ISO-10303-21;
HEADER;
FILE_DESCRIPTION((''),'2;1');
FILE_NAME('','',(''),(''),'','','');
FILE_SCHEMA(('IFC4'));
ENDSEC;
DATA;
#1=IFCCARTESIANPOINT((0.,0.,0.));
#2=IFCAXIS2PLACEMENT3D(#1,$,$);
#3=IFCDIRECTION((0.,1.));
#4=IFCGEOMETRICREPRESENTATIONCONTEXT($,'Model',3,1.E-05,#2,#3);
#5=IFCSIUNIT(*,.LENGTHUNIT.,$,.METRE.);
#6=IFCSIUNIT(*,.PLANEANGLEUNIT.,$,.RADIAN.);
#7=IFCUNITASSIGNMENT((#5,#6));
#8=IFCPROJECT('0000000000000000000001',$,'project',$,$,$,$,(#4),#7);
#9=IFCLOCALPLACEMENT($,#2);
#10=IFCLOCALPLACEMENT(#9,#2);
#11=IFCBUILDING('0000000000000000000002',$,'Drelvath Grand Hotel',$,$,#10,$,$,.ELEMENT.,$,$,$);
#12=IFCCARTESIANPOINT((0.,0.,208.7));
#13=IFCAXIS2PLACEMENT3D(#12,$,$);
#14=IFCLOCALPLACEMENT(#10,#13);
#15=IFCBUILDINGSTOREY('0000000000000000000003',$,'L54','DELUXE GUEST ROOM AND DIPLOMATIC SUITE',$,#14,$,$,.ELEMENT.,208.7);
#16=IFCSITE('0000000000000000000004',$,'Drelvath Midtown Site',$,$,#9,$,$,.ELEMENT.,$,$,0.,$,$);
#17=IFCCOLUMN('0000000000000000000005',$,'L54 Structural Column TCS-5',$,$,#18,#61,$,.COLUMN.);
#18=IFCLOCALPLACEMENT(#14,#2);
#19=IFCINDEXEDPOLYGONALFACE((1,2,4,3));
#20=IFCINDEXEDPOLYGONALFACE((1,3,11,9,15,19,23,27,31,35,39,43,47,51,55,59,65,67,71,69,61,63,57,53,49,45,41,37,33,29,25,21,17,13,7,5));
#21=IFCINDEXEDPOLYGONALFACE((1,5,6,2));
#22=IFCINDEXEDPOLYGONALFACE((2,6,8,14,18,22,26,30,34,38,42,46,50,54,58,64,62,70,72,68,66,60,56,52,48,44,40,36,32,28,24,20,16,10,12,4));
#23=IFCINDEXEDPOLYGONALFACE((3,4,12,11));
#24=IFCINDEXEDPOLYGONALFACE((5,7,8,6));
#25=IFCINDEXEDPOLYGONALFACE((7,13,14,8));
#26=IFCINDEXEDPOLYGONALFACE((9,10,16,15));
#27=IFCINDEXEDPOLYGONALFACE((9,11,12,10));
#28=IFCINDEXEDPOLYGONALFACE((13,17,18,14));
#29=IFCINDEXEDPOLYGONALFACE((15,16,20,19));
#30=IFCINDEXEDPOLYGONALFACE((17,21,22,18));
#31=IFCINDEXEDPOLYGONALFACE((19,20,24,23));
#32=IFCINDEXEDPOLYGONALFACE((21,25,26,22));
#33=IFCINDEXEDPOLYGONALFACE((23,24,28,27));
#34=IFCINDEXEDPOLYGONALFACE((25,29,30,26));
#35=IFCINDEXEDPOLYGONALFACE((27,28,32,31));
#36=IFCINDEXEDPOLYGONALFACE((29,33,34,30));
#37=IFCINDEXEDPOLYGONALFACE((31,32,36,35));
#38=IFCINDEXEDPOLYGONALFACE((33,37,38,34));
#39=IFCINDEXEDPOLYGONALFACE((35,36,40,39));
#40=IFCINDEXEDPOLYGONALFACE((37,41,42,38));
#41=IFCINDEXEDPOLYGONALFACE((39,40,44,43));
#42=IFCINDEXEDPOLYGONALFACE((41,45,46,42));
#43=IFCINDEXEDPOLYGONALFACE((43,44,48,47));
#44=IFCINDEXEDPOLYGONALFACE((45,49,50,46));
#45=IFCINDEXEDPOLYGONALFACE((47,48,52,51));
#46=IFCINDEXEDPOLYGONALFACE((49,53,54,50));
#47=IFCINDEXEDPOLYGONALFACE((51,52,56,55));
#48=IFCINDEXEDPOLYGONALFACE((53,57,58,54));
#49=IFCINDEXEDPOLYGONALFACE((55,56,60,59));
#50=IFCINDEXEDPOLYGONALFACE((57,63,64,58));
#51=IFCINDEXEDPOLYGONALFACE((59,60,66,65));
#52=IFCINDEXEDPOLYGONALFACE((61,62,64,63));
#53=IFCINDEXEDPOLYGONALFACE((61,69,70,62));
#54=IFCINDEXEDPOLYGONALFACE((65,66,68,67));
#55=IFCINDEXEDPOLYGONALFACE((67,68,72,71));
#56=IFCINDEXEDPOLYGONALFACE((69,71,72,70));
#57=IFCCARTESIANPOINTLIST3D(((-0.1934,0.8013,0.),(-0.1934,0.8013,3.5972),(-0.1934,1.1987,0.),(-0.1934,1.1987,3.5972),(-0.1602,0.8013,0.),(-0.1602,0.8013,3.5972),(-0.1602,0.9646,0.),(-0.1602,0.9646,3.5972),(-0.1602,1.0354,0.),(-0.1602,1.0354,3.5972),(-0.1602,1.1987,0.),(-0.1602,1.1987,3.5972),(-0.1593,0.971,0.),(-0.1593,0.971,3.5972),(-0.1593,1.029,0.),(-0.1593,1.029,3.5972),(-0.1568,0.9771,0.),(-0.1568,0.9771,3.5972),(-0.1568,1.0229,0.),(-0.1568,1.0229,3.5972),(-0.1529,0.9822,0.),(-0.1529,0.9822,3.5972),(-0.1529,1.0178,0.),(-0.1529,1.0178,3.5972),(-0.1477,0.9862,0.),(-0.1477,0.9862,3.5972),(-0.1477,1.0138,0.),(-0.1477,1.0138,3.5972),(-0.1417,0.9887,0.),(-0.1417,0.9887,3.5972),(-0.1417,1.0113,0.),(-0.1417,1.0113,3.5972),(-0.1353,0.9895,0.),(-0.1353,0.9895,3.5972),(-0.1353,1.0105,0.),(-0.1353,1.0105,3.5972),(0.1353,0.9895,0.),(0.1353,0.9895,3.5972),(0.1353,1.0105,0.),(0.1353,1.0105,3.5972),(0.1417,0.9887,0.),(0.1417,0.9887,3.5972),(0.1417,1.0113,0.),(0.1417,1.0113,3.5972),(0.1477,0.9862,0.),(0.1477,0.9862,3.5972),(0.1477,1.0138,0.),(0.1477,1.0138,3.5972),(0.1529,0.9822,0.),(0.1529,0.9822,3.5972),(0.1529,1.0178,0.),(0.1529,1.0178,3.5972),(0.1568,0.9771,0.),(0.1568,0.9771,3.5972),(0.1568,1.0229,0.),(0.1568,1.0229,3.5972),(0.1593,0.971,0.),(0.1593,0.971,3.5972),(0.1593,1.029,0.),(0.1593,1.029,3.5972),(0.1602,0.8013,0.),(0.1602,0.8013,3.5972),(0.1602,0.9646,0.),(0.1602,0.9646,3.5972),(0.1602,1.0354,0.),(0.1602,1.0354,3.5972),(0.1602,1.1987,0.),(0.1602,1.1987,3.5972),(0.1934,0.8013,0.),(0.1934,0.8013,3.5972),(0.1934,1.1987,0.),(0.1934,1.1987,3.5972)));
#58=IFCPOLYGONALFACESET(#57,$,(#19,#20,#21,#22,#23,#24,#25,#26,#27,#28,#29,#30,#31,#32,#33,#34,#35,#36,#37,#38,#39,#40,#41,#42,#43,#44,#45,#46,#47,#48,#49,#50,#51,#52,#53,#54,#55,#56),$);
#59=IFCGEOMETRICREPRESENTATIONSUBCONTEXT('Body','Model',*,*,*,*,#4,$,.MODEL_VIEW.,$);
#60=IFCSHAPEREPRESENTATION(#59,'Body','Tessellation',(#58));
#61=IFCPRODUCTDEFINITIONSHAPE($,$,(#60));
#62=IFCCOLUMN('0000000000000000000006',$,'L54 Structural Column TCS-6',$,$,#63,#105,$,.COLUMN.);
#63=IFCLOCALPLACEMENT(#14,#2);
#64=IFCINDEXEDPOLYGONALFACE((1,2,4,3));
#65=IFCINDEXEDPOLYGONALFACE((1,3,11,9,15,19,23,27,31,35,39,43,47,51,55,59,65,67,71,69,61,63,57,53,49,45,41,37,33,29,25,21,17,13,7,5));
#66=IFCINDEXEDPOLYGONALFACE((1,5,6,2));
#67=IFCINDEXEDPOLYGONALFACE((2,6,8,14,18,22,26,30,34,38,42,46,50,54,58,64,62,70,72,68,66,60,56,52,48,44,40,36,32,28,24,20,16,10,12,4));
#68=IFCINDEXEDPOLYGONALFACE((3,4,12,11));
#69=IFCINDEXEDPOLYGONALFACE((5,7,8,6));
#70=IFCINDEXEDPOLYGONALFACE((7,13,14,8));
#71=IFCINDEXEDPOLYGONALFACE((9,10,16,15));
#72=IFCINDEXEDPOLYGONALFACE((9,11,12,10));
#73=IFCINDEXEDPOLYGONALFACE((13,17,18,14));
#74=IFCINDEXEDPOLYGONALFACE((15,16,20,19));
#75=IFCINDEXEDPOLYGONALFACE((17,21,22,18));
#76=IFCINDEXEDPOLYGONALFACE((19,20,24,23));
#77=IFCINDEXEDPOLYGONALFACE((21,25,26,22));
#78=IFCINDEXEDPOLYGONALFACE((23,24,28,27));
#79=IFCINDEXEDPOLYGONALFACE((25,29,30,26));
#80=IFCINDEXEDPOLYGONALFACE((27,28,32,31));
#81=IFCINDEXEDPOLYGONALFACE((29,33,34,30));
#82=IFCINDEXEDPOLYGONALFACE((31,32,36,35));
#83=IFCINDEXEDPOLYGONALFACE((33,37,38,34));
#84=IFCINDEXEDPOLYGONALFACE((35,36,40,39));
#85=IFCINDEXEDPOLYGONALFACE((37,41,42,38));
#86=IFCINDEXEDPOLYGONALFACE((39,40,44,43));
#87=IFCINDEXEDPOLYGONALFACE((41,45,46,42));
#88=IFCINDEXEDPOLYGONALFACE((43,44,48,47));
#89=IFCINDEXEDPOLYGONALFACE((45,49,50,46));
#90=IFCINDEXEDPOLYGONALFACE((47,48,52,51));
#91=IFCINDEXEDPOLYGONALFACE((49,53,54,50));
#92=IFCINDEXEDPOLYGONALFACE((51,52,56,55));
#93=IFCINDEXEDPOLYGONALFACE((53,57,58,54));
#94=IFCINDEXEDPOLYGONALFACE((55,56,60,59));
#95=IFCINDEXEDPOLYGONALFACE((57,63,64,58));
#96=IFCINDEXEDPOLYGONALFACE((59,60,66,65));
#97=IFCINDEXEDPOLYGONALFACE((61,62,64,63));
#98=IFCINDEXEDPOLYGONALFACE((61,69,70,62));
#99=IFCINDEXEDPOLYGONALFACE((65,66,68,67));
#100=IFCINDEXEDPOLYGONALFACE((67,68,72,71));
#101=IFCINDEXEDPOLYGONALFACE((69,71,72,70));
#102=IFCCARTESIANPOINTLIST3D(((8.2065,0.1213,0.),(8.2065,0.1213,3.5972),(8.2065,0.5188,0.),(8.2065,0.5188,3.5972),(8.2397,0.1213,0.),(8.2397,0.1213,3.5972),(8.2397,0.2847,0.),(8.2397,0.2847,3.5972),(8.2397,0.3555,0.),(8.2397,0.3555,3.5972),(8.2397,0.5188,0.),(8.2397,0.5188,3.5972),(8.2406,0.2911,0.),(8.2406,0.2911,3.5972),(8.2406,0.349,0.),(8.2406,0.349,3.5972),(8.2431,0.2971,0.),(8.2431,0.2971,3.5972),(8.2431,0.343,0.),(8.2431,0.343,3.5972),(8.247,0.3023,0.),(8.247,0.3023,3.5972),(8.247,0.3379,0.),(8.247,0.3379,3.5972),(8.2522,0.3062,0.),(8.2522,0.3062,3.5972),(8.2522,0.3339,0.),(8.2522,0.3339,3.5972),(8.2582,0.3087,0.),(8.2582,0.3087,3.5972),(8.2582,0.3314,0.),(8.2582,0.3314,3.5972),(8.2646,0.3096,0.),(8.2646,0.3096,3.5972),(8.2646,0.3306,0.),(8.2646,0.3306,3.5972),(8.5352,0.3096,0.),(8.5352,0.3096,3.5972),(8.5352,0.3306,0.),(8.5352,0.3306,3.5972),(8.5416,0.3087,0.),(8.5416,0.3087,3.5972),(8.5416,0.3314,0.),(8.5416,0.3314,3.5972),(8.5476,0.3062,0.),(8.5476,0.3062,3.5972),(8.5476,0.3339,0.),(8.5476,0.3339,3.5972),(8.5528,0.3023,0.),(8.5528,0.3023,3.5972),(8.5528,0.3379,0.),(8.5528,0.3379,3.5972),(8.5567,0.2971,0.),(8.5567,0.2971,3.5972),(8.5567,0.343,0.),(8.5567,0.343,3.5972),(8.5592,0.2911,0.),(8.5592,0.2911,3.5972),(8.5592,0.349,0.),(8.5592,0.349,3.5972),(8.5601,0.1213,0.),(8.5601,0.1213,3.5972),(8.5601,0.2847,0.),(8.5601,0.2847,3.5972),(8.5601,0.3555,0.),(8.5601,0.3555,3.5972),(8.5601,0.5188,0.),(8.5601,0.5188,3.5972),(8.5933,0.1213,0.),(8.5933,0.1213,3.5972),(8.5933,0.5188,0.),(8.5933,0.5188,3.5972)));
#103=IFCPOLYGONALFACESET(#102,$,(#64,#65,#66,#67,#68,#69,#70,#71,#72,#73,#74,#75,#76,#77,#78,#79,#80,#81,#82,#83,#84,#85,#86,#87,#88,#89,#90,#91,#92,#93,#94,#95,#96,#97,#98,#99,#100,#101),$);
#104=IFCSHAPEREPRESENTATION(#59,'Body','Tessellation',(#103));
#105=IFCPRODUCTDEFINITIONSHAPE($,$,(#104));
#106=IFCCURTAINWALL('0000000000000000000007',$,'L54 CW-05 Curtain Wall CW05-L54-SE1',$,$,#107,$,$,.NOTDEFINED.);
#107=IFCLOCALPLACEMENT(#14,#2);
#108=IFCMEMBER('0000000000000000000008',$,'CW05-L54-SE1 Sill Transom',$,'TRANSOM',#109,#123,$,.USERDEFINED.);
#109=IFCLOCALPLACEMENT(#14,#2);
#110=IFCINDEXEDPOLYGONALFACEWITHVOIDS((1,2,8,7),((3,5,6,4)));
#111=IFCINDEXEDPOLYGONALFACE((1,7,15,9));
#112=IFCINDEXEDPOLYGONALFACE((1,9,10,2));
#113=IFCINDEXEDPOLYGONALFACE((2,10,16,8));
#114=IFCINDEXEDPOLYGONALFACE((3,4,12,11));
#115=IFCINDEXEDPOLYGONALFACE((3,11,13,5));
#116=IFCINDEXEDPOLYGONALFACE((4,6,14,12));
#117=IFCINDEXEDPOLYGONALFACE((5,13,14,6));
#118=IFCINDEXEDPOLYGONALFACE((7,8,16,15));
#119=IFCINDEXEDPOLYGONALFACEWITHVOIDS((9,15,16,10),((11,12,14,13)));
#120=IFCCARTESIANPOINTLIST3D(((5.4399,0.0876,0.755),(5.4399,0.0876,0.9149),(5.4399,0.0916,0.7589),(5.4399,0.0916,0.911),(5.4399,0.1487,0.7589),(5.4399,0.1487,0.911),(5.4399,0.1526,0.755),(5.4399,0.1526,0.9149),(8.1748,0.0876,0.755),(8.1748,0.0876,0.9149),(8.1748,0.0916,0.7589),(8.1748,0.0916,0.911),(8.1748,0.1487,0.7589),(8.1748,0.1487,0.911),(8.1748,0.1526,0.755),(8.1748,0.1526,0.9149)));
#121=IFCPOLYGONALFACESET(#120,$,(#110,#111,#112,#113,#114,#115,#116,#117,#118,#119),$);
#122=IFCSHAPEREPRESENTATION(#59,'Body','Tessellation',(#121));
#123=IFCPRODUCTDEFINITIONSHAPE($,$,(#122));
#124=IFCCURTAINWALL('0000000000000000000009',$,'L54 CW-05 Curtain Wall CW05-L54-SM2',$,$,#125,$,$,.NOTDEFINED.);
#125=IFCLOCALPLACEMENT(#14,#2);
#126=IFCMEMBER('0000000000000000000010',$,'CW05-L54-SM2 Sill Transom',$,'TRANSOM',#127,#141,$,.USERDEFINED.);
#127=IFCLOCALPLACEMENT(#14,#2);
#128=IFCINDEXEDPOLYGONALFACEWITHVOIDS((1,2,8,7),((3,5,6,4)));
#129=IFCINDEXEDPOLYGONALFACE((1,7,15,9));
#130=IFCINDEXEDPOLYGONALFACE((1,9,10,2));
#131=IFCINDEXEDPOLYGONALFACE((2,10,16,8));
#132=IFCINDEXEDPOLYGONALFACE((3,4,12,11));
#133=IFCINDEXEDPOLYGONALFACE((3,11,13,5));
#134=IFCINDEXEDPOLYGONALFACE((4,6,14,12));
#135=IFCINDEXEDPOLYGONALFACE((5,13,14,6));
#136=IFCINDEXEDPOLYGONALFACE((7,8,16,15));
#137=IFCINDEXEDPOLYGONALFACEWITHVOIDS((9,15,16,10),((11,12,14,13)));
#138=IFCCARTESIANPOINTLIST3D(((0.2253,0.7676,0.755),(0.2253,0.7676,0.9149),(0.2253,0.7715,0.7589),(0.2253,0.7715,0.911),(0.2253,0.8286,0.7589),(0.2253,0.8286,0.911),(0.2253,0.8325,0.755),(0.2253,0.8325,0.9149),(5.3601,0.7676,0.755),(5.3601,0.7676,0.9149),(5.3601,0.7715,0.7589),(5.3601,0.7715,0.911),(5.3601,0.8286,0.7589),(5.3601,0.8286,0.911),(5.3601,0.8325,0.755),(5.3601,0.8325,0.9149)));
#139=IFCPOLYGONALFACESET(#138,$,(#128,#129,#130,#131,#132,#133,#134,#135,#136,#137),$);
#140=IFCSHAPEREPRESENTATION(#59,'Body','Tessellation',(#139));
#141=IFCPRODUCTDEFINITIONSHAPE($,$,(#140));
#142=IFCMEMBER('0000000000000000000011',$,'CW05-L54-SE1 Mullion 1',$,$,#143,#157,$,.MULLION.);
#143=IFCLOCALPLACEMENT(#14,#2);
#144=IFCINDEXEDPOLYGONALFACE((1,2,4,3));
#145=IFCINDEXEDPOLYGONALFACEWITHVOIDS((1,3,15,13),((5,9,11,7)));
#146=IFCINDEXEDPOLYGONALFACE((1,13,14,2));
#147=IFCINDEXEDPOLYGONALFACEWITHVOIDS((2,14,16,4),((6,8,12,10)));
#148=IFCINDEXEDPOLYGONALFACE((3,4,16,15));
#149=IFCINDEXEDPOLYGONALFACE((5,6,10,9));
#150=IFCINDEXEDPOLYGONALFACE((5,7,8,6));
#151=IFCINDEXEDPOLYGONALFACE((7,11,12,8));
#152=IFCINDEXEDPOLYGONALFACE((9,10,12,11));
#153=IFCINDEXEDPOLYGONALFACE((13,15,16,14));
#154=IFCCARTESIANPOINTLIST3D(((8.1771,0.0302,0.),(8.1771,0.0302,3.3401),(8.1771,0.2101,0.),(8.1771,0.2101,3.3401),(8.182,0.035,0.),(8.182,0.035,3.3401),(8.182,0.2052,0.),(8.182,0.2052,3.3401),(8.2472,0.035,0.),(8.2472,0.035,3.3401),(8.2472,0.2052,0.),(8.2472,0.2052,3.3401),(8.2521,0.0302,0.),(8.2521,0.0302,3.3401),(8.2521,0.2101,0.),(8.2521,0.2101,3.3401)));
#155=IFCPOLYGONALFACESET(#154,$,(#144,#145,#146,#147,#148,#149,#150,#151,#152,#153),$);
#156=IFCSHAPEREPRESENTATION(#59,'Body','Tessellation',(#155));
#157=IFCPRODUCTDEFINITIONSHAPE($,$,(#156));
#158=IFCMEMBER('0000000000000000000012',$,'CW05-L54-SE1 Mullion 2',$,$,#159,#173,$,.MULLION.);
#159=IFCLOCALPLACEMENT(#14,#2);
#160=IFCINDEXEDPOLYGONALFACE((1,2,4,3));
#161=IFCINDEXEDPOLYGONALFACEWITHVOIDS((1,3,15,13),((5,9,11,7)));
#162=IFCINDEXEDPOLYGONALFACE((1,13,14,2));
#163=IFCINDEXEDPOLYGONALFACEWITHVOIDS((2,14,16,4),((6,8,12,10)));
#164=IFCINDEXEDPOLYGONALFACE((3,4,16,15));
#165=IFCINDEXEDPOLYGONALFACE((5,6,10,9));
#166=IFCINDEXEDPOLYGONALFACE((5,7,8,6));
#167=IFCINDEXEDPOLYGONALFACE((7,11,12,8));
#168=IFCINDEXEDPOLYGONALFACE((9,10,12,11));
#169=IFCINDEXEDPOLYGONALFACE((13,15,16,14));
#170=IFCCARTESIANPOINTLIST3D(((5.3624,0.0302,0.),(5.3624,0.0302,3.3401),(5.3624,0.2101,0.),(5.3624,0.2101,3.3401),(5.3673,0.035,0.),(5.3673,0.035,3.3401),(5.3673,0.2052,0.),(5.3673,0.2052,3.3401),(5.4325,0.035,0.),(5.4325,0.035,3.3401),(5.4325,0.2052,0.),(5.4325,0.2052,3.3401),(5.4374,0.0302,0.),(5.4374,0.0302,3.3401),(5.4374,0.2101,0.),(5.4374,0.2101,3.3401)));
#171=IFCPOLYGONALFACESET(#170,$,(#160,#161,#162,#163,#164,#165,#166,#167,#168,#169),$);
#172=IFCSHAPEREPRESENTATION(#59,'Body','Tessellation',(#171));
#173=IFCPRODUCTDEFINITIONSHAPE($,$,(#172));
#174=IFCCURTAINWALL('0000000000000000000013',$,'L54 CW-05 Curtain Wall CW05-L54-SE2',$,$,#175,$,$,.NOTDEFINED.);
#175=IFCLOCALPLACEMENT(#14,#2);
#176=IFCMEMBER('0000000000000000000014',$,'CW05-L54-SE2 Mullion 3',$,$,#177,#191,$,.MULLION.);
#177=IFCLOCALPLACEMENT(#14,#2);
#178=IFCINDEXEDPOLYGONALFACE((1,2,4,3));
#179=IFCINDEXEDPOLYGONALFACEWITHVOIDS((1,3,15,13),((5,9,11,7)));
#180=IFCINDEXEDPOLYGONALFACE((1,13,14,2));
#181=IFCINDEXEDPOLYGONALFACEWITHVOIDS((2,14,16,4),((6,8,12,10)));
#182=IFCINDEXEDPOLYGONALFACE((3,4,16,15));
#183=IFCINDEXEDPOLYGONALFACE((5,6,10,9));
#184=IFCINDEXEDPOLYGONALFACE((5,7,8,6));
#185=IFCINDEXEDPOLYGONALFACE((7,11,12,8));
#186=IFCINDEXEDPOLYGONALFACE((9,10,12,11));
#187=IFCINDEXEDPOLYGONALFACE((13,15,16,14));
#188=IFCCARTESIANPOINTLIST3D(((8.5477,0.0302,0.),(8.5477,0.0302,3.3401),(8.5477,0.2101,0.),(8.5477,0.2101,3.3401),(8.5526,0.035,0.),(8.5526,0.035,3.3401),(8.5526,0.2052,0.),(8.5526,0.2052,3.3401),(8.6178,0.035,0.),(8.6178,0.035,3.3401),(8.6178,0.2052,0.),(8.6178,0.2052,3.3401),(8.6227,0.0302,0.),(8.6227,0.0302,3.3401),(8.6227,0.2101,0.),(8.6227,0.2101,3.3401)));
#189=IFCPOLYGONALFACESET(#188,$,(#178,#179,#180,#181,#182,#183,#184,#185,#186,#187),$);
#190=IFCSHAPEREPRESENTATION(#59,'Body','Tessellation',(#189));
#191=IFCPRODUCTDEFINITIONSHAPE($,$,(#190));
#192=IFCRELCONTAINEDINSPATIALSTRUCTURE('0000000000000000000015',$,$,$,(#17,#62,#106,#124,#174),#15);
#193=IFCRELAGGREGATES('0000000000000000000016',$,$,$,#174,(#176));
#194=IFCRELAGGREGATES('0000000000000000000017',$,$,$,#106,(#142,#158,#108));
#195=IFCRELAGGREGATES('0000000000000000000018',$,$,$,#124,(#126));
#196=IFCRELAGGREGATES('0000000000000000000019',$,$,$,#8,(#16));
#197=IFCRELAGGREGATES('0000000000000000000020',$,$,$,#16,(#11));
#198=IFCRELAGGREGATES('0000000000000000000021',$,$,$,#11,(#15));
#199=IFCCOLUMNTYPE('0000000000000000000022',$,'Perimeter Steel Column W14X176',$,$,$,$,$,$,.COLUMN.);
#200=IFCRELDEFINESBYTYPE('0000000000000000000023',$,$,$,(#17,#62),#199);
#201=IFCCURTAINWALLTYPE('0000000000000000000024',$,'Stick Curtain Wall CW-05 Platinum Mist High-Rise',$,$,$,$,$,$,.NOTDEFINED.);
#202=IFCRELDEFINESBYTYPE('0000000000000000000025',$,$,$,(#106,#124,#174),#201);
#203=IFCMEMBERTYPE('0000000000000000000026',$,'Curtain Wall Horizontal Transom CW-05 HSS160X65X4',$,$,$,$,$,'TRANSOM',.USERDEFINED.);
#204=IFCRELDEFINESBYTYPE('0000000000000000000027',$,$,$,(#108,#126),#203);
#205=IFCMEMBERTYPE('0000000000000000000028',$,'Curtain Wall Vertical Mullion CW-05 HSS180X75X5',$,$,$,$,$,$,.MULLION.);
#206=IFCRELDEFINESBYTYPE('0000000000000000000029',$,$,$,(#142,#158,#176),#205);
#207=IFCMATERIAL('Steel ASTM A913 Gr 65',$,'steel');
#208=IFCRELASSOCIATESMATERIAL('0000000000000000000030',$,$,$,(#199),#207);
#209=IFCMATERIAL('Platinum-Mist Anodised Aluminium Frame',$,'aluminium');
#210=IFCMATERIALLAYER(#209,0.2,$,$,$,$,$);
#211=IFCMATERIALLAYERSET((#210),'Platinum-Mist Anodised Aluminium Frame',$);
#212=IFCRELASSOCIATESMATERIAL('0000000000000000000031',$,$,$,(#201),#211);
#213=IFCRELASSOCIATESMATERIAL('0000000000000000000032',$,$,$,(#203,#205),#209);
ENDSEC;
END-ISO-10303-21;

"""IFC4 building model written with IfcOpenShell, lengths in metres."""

from ifc_helpers import new_model, si_unit, direction, frame, origin, origin_2d, place, context, subcontext, project, spatial, hollow_rectangle, i_section, extrude, material, layer, layer_set, material_profile, profile_set, type_object, element, aggregate, save


model = new_model("IFC4")

# Units and contexts
model_context = context("Model", 3, precision=1e-05, world=origin(), true_north=direction((0.0, 1.0)))
body_context = subcontext(model_context, "Body", "Model", "MODEL_VIEW")
ifc_project = project(units=[si_unit("LENGTHUNIT", "METRE"), si_unit("PLANEANGLEUNIT", "RADIAN")], contexts=[model_context])

# Site, building, storey
site_placement = place(None, origin())
site = spatial("IfcSite", under=ifc_project, at=site_placement, Name="Drelvath Midtown Site", CompositionType="ELEMENT", RefElevation=0.0)
building_placement = place(site_placement, origin())
building = spatial("IfcBuilding", under=site, at=building_placement, Name="Drelvath Grand Hotel", CompositionType="ELEMENT")
storey_placement = place(building_placement, frame((0.0, 0.0, 208.7)))
storey = spatial("IfcBuildingStorey", under=building, at=storey_placement, Name="L54", Description="DELUXE GUEST ROOM AND DIPLOMATIC SUITE", CompositionType="ELEMENT", Elevation=208.7)

# Columns
ifc_material_1 = material(Name="Steel ASTM A913 Gr 65", Category="steel")
ifc_material_profile_1 = material_profile(ifc_material_1, i_section(OverallWidth=0.3975, OverallDepth=0.3867, WebThickness=0.021, FlangeThickness=0.0332, FilletRadius=0.0249, at=origin_2d()), Name="W14X176")
ifc_profile_set_1 = profile_set([ifc_material_profile_1], Name="Steel ASTM A913 Gr 65")
column_type = type_object("IfcColumnType", Name="Perimeter Steel Column W14X176", PredefinedType="COLUMN", material=ifc_profile_set_1)
for number, where, z_axis, x_axis, name in (
    (1, (0.0, 1.0, 0.0), (0.0, 0.0, 1.0), (0.0, 1.0, 0.0), "L54 Structural Column TCS-5"),
    (2, (8.3999, 0.3201, 0.0), (0.0, 0.0, 1.0), (0.0, 1.0, 0.0), "L54 Structural Column TCS-6"),
):
    element("IfcColumn", number, at=place(storey_placement, frame(where, z_axis=z_axis, x_axis=x_axis)), inside=storey, type_object=column_type, Name=name, PredefinedType="COLUMN", context=body_context, shape_type="SweptSolid", body=[
        extrude(i_section(OverallWidth=0.3975, OverallDepth=0.3867, WebThickness=0.021, FlangeThickness=0.0332, FilletRadius=0.0249, at=origin_2d()), origin(), (0.0, 0.0, 1.0), 3.5972),
    ])

# Curtain walls, members
ifc_material_2 = material(Name="Platinum-Mist Anodised Aluminium Frame", Category="aluminium")
ifc_layer_1 = layer(ifc_material_2, 0.2)
ifc_layer_set_1 = layer_set([ifc_layer_1], Name="Platinum-Mist Anodised Aluminium Frame")
curtain_wall_type = type_object("IfcCurtainWallType", Name="Stick Curtain Wall CW-05 Platinum Mist High-Rise", PredefinedType="NOTDEFINED", material=ifc_layer_set_1)
curtain_wall_1_placement = place(storey_placement, origin())
curtain_wall_1 = element("IfcCurtainWall", 3, at=curtain_wall_1_placement, inside=storey, type_object=curtain_wall_type, Name="L54 CW-05 Curtain Wall CW05-L54-SE1", PredefinedType="NOTDEFINED")
ifc_material_profile_2 = material_profile(ifc_material_2, hollow_rectangle(XDim=0.0649, YDim=0.1599, WallThickness=0.0039, at=origin_2d()), Name="HSS160X65X4")
ifc_profile_set_2 = profile_set([ifc_material_profile_2], Name="Platinum-Mist Anodised Aluminium Frame")
member_type_1 = type_object("IfcMemberType", Name="Curtain Wall Horizontal Transom CW-05 HSS160X65X4", ElementType="TRANSOM", PredefinedType="USERDEFINED", material=ifc_profile_set_2)
member_1_placement = place(storey_placement, frame((8.1748, 0.1201, 0.835), z_axis=(-1.0, 0.0, 0.0), x_axis=(0.0, -1.0, 0.0)))
member_1 = element("IfcMember", 4, at=member_1_placement, type_object=member_type_1, Name="CW05-L54-SE1 Sill Transom", ObjectType="TRANSOM", PredefinedType="USERDEFINED", context=body_context, shape_type="SweptSolid", body=[
    extrude(hollow_rectangle(XDim=0.0649, YDim=0.1599, WallThickness=0.0039, at=origin_2d()), origin(), (0.0, 0.0, 1.0), 2.7349),
])
curtain_wall_2_placement = place(storey_placement, origin())
curtain_wall_2 = element("IfcCurtainWall", 5, at=curtain_wall_2_placement, inside=storey, type_object=curtain_wall_type, Name="L54 CW-05 Curtain Wall CW05-L54-SM2", PredefinedType="NOTDEFINED")
member_2_placement = place(storey_placement, frame((5.3601, 0.8, 0.835), z_axis=(-1.0, 0.0, 0.0), x_axis=(0.0, -1.0, 0.0)))
member_2 = element("IfcMember", 6, at=member_2_placement, type_object=member_type_1, Name="CW05-L54-SM2 Sill Transom", ObjectType="TRANSOM", PredefinedType="USERDEFINED", context=body_context, shape_type="SweptSolid", body=[
    extrude(hollow_rectangle(XDim=0.0649, YDim=0.1599, WallThickness=0.0039, at=origin_2d()), origin(), (0.0, 0.0, 1.0), 5.1348),
])

# Members
ifc_material_profile_3 = material_profile(ifc_material_2, hollow_rectangle(XDim=0.075, YDim=0.1799, WallThickness=0.0049, at=origin_2d()), Name="HSS180X75X5")
ifc_profile_set_3 = profile_set([ifc_material_profile_3], Name="Platinum-Mist Anodised Aluminium Frame")
member_type_2 = type_object("IfcMemberType", Name="Curtain Wall Vertical Mullion CW-05 HSS180X75X5", PredefinedType="MULLION", material=ifc_profile_set_3)
member_3_placement = place(storey_placement, frame((8.2146, 0.1201, 0.0), z_axis=(0.0, 0.0, 1.0), x_axis=(1.0, 0.0, 0.0)))
member_3 = element("IfcMember", 7, at=member_3_placement, type_object=member_type_2, Name="CW05-L54-SE1 Mullion 1", PredefinedType="MULLION", context=body_context, shape_type="SweptSolid", body=[
    extrude(hollow_rectangle(XDim=0.075, YDim=0.1799, WallThickness=0.0049, at=origin_2d()), origin(), (0.0, 0.0, 1.0), 3.3401),
])
member_4_placement = place(storey_placement, frame((5.3999, 0.1201, 0.0), z_axis=(0.0, 0.0, 1.0), x_axis=(1.0, 0.0, 0.0)))
member_4 = element("IfcMember", 8, at=member_4_placement, type_object=member_type_2, Name="CW05-L54-SE1 Mullion 2", PredefinedType="MULLION", context=body_context, shape_type="SweptSolid", body=[
    extrude(hollow_rectangle(XDim=0.075, YDim=0.1799, WallThickness=0.0049, at=origin_2d()), origin(), (0.0, 0.0, 1.0), 3.3401),
])

# Curtain wall, member
curtain_wall_3_placement = place(storey_placement, origin())
curtain_wall_3 = element("IfcCurtainWall", 9, at=curtain_wall_3_placement, inside=storey, type_object=curtain_wall_type, Name="L54 CW-05 Curtain Wall CW05-L54-SE2", PredefinedType="NOTDEFINED")
member_5_placement = place(storey_placement, frame((8.5852, 0.1201, 0.0), z_axis=(0.0, 0.0, 1.0), x_axis=(1.0, 0.0, 0.0)))
member_5 = element("IfcMember", 10, at=member_5_placement, type_object=member_type_2, Name="CW05-L54-SE2 Mullion 3", PredefinedType="MULLION", context=body_context, shape_type="SweptSolid", body=[
    extrude(hollow_rectangle(XDim=0.075, YDim=0.1799, WallThickness=0.0049, at=origin_2d()), origin(), (0.0, 0.0, 1.0), 3.3401),
])
aggregate(curtain_wall_3, [member_5])

aggregate(curtain_wall_1, [member_3, member_4, member_1])
aggregate(curtain_wall_2, [member_2])

save(model, "model.ifc")
